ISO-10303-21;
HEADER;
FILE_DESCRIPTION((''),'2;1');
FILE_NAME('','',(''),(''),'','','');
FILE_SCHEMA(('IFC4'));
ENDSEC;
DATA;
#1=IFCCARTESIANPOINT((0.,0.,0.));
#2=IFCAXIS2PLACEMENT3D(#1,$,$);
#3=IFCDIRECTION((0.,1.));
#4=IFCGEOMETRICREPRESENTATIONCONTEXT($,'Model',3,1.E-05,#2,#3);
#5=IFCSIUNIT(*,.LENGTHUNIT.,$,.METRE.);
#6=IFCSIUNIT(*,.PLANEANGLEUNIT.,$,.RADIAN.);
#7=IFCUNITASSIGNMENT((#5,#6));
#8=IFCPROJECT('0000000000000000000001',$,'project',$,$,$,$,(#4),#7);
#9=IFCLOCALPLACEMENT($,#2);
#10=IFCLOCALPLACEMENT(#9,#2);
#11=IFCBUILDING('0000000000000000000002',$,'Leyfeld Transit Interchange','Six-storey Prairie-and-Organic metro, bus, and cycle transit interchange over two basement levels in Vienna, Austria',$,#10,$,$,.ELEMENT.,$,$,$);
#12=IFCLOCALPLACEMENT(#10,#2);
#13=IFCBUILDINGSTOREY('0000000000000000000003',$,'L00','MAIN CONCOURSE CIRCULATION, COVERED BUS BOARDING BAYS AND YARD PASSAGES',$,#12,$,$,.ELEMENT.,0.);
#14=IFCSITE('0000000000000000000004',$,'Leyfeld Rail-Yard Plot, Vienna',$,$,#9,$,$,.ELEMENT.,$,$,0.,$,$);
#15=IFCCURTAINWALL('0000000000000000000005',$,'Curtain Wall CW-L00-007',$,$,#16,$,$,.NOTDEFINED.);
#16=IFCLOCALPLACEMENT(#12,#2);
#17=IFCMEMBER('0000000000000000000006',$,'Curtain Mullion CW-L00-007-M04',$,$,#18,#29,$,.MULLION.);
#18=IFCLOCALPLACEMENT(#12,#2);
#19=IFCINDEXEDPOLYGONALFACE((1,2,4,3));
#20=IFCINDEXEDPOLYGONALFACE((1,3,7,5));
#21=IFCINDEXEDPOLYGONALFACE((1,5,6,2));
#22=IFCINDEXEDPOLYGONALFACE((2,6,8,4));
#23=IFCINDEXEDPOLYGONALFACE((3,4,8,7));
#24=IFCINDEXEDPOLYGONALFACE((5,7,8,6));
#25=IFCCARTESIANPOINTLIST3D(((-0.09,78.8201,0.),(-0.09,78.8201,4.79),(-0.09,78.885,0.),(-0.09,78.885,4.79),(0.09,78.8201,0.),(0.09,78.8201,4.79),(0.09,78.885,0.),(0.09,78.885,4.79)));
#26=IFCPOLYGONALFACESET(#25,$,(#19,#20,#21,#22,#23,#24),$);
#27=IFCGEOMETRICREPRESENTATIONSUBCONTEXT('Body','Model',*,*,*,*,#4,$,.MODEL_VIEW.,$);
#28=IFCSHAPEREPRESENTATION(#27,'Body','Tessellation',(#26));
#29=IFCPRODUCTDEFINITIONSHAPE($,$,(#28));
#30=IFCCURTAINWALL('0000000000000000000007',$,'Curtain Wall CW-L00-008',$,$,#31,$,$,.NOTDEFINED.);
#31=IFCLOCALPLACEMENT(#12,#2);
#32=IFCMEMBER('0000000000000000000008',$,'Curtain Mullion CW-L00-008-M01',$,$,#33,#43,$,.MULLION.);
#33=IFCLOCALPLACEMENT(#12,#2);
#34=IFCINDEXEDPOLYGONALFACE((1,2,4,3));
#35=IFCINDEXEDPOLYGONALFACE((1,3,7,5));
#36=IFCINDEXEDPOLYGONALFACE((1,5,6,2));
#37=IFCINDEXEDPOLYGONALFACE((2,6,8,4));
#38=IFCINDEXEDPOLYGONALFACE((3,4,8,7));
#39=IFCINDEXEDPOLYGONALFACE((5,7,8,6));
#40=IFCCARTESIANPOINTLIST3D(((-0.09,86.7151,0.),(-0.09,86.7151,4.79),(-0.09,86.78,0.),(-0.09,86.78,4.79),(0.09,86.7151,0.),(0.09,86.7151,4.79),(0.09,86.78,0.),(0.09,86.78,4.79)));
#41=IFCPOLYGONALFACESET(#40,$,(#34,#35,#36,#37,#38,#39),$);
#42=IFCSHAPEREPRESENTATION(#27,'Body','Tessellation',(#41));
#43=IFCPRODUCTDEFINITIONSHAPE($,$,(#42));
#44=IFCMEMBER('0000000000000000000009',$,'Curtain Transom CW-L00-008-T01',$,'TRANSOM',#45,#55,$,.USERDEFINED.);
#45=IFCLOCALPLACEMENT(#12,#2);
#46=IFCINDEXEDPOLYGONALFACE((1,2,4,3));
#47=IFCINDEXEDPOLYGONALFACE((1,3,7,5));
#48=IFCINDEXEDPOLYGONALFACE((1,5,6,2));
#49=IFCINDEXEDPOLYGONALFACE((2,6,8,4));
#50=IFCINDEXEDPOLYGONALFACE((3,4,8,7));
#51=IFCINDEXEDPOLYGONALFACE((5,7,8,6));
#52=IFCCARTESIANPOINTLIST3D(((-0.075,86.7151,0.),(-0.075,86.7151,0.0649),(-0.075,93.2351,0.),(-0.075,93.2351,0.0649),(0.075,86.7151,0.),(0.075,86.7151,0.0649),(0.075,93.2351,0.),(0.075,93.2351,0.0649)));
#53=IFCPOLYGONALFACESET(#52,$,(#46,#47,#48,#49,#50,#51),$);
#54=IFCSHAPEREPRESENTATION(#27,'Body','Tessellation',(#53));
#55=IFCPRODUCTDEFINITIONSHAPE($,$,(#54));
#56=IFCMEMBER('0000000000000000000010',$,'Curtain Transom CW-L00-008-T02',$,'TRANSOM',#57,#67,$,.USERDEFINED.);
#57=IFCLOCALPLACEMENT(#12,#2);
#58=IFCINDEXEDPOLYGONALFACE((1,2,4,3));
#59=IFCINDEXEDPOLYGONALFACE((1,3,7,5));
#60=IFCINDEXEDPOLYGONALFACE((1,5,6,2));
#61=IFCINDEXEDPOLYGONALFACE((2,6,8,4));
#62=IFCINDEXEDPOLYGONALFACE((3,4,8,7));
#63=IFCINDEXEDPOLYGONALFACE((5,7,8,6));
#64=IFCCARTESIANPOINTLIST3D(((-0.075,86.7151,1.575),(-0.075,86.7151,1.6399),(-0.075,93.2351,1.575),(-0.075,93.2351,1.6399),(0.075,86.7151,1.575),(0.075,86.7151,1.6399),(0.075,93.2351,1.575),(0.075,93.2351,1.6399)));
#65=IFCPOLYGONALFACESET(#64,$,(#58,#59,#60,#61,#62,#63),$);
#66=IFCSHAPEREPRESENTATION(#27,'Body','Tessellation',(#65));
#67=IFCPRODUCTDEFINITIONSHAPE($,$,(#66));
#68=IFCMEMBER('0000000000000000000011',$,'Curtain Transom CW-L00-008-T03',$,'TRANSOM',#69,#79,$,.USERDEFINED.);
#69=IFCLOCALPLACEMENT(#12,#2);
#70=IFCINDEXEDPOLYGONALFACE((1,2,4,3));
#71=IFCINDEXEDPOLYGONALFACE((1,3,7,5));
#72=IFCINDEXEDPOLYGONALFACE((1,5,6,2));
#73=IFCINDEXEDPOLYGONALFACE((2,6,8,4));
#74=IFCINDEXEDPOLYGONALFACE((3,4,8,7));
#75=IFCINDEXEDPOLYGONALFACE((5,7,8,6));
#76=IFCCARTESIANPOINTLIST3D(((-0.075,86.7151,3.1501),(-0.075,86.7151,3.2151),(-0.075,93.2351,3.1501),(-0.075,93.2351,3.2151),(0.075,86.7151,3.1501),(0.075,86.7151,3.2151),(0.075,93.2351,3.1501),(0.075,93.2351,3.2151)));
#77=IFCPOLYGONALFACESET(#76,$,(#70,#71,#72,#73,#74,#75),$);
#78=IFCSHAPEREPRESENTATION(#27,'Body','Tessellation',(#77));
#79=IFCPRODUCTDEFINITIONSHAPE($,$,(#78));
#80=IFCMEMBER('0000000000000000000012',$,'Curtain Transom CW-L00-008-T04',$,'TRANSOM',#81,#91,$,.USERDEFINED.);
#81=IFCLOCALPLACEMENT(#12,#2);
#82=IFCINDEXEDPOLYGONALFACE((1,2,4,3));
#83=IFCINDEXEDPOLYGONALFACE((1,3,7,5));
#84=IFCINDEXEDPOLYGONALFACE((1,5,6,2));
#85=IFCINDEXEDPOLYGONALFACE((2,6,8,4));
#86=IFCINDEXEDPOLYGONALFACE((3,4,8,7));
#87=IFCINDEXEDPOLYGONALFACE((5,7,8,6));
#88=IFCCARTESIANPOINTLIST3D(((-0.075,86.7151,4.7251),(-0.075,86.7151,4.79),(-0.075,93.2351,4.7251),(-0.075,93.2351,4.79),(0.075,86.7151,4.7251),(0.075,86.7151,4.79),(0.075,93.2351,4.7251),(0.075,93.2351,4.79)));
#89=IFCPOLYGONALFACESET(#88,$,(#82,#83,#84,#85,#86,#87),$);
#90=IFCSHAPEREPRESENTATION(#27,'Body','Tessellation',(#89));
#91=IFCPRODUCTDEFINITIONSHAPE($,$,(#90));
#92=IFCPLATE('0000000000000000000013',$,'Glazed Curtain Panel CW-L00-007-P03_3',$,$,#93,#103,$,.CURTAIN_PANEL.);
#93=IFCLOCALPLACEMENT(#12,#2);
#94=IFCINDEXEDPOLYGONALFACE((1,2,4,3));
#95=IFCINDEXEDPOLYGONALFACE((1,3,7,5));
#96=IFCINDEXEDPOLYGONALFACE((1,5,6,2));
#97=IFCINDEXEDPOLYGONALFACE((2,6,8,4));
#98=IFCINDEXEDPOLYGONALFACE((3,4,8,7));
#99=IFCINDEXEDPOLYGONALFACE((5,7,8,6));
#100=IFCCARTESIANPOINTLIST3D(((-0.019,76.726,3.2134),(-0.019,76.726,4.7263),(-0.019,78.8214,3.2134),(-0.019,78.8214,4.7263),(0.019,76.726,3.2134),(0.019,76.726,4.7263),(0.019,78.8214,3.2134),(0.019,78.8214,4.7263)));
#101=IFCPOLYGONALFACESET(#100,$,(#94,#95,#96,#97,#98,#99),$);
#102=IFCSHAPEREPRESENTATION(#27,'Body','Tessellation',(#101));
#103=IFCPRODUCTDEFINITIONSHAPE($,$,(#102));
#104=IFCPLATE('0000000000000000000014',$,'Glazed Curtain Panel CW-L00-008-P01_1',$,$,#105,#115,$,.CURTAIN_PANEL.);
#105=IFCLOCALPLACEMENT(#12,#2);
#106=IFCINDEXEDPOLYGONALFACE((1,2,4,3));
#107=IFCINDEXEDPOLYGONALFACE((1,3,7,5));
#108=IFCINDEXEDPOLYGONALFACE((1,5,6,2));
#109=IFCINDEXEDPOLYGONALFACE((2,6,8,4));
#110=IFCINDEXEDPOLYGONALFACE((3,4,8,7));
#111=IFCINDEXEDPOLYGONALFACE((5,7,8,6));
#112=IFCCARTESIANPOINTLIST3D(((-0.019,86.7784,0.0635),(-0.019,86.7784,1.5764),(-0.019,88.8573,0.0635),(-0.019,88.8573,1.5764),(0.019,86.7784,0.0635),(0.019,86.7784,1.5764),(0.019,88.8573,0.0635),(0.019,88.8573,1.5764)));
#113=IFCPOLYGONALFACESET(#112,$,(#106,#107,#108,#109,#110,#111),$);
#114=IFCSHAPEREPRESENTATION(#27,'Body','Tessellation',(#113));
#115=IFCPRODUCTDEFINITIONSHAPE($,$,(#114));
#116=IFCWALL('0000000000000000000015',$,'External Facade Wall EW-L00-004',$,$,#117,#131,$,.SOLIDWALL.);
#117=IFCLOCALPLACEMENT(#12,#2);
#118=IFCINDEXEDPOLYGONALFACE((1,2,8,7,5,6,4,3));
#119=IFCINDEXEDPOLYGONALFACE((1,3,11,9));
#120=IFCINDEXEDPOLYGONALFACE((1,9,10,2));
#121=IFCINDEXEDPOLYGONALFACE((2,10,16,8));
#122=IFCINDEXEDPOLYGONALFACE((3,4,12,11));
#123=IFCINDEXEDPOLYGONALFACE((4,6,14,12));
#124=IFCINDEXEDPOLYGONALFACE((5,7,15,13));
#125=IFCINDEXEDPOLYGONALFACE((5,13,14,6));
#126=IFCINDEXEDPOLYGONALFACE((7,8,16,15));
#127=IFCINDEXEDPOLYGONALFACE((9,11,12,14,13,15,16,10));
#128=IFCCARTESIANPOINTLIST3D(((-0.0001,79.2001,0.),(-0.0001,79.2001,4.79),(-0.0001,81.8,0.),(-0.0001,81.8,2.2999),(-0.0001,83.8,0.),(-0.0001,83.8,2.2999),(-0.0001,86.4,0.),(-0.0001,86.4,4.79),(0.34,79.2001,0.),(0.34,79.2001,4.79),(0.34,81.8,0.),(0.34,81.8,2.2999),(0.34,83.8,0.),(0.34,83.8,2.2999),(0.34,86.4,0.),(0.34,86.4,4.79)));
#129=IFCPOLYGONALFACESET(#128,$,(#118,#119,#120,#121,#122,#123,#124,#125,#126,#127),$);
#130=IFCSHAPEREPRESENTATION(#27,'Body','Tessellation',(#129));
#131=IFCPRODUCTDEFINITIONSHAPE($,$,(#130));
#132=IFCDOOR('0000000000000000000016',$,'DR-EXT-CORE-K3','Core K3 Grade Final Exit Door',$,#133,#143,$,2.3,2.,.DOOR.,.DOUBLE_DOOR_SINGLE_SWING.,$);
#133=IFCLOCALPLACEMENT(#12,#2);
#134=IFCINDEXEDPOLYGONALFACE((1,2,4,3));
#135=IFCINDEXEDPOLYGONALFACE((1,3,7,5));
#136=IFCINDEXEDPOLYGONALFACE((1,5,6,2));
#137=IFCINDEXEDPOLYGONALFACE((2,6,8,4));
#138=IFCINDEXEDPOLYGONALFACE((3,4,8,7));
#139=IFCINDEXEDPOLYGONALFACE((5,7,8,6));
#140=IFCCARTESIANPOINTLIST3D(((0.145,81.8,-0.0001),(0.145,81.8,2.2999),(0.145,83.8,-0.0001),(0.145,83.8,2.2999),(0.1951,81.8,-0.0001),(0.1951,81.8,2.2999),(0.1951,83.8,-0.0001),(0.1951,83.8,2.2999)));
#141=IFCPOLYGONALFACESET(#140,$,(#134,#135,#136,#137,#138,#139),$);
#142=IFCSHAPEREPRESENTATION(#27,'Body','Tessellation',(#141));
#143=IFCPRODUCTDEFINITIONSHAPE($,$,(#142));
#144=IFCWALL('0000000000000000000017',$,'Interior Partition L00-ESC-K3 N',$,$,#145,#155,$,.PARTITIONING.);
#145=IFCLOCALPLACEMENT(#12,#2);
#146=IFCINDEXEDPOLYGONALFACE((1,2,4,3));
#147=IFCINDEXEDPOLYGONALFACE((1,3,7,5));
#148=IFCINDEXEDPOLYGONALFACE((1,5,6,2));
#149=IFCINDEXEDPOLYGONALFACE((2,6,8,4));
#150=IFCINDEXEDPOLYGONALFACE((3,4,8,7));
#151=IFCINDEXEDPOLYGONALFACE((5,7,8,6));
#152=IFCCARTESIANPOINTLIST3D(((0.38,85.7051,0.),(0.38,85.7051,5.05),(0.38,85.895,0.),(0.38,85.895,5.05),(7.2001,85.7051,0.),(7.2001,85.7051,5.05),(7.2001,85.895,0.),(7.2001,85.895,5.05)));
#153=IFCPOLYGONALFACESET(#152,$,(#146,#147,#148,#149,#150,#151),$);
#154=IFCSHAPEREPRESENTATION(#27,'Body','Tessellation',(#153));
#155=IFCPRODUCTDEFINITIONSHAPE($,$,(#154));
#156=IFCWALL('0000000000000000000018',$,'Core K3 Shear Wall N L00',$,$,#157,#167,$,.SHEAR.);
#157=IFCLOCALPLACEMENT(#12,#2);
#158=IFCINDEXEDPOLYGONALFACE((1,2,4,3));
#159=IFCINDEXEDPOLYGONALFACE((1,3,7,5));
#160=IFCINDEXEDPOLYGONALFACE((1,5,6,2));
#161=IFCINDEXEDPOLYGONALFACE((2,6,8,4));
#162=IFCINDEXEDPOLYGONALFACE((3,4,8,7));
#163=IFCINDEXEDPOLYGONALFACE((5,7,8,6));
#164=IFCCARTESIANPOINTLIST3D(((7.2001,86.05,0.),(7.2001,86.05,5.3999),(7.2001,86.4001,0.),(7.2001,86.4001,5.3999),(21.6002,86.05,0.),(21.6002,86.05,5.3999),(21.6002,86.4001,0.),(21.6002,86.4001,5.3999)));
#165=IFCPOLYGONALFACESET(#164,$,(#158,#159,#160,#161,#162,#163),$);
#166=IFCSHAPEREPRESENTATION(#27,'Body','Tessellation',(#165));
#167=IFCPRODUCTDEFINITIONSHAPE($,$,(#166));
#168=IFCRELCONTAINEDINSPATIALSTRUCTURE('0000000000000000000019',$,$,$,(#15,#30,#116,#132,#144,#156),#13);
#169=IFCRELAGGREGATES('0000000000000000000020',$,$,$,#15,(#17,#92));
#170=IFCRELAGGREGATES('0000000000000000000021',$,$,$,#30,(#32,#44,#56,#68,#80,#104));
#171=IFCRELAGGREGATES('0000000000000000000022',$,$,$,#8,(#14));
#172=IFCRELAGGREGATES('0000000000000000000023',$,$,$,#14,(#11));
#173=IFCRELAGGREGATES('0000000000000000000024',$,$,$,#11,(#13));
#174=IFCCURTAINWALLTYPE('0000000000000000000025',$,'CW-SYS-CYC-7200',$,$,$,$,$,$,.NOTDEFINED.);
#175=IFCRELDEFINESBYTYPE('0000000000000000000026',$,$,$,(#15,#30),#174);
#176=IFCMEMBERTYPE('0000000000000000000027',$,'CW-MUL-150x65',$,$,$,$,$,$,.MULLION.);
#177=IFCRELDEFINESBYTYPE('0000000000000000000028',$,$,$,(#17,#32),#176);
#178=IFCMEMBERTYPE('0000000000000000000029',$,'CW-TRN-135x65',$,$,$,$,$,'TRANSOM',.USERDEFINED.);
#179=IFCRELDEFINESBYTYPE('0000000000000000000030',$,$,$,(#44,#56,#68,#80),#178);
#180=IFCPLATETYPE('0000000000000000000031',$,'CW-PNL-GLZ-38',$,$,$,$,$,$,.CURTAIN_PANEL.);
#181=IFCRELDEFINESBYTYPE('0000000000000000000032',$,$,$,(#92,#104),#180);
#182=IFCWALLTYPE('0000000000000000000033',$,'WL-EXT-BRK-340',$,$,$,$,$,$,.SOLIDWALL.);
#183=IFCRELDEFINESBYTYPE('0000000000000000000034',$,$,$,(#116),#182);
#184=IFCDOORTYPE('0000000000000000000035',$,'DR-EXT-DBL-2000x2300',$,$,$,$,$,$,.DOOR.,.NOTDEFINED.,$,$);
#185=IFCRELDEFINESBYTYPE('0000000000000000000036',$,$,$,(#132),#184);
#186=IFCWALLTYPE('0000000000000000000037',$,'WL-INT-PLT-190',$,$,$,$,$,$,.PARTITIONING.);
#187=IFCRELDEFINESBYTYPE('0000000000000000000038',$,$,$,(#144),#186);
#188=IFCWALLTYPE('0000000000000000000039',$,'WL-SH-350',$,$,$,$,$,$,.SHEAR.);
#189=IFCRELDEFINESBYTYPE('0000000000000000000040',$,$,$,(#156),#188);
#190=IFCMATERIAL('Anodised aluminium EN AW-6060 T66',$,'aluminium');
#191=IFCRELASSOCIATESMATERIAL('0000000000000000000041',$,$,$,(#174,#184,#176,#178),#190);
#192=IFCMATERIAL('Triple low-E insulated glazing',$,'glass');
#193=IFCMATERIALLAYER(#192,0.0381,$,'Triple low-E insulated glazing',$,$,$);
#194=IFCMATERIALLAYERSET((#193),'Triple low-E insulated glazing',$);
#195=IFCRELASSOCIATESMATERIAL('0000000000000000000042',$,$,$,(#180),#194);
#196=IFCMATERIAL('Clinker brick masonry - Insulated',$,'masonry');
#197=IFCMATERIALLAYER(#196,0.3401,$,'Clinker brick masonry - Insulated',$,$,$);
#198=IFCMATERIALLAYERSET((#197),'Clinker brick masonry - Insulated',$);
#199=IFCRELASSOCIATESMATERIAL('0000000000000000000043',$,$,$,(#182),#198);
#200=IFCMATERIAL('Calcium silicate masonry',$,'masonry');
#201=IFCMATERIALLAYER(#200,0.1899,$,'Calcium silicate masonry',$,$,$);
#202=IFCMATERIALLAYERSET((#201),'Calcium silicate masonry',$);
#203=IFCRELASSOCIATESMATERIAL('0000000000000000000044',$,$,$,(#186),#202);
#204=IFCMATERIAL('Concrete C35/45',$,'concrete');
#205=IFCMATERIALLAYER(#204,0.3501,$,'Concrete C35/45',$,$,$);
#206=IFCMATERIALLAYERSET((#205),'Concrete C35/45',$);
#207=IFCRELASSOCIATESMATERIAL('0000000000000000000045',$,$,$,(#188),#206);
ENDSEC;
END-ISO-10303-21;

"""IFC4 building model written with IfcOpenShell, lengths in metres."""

from ifc_helpers import new_model, si_unit, direction, frame, frame_2d, origin, origin_2d, place, context, subcontext, project, spatial, rectangle, extrude, material, layer, layer_set, material_profile, profile_set, type_object, element, fill, aggregate, save


model = new_model("IFC4")

# Units and contexts
model_context = context("Model", 3, precision=1e-05, world=origin(), true_north=direction((0.0, 1.0)))
body_context = subcontext(model_context, "Body", "Model", "MODEL_VIEW")
ifc_project = project(units=[si_unit("LENGTHUNIT", "METRE"), si_unit("PLANEANGLEUNIT", "RADIAN")], contexts=[model_context])

# Site, building, storey
site_placement = place(None, origin())
site = spatial("IfcSite", under=ifc_project, at=site_placement, Name="Leyfeld Rail-Yard Plot, Vienna", CompositionType="ELEMENT", RefElevation=0.0)
building_placement = place(site_placement, origin())
building = spatial("IfcBuilding", under=site, at=building_placement, Name="Leyfeld Transit Interchange", Description="Six-storey Prairie-and-Organic metro, bus, and cycle transit interchange over two basement levels in Vienna, Austria", CompositionType="ELEMENT")
storey_placement = place(building_placement, origin())
storey = spatial("IfcBuildingStorey", under=building, at=storey_placement, Name="L00", Description="MAIN CONCOURSE CIRCULATION, COVERED BUS BOARDING BAYS AND YARD PASSAGES", CompositionType="ELEMENT", Elevation=0.0)

# Shared definitions
ifc_material_1 = material(Name="Concrete C35/45", Category="concrete")

# Curtain wall, member
ifc_material_2 = material(Name="Anodised aluminium EN AW-6060 T66", Category="aluminium")
curtain_wall_type = type_object("IfcCurtainWallType", Name="CW-SYS-CYC-7200", PredefinedType="NOTDEFINED", material=ifc_material_2)
curtain_wall_1_placement = place(storey_placement, origin())
curtain_wall_1 = element("IfcCurtainWall", 1, at=curtain_wall_1_placement, inside=storey, type_object=curtain_wall_type, Name="Curtain Wall CW-L00-007", PredefinedType="NOTDEFINED")
ifc_material_profile_1 = material_profile(ifc_material_2, rectangle(XDim=0.0649, YDim=0.1799, at=origin_2d()), Name="CW-M 65x180")
ifc_profile_set_1 = profile_set([ifc_material_profile_1], Name="Anodised aluminium EN AW-6060 T66")
member_type_1 = type_object("IfcMemberType", Name="CW-MUL-150x65", PredefinedType="MULLION", material=ifc_profile_set_1)
member_1_placement = place(storey_placement, frame((0.0, 78.8525, 0.0), z_axis=(0.0, 0.0, 1.0), x_axis=(0.0, 1.0, 0.0)))
member_1 = element("IfcMember", 2, at=member_1_placement, type_object=member_type_1, Name="Curtain Mullion CW-L00-007-M04", PredefinedType="MULLION", context=body_context, shape_type="SweptSolid", body=[
    extrude(rectangle(XDim=0.0649, YDim=0.1799, at=origin_2d()), origin(), (0.0, 0.0, 1.0), 4.79),
])

# Curtain wall, members
curtain_wall_2_placement = place(storey_placement, origin())
curtain_wall_2 = element("IfcCurtainWall", 3, at=curtain_wall_2_placement, inside=storey, type_object=curtain_wall_type, Name="Curtain Wall CW-L00-008", PredefinedType="NOTDEFINED")
member_2_placement = place(storey_placement, frame((0.0, 86.7476, 0.0), z_axis=(0.0, 0.0, 1.0), x_axis=(0.0, 1.0, 0.0)))
member_2 = element("IfcMember", 4, at=member_2_placement, type_object=member_type_1, Name="Curtain Mullion CW-L00-008-M01", PredefinedType="MULLION", context=body_context, shape_type="SweptSolid", body=[
    extrude(rectangle(XDim=0.0649, YDim=0.1799, at=origin_2d()), origin(), (0.0, 0.0, 1.0), 4.79),
])
ifc_material_profile_2 = material_profile(ifc_material_2, rectangle(XDim=0.1499, YDim=0.0649, at=origin_2d()), Name="CW-TRN-135x65")
ifc_profile_set_2 = profile_set([ifc_material_profile_2], Name="Anodised aluminium EN AW-6060 T66")
member_type_2 = type_object("IfcMemberType", Name="CW-TRN-135x65", ElementType="TRANSOM", PredefinedType="USERDEFINED", material=ifc_profile_set_2)
member_3_placement = place(storey_placement, frame((0.0, 86.7151, 0.0325), z_axis=(0.0, 1.0, 0.0), x_axis=(-1.0, 0.0, 0.0)))
member_3 = element("IfcMember", 5, at=member_3_placement, type_object=member_type_2, Name="Curtain Transom CW-L00-008-T01", ObjectType="TRANSOM", PredefinedType="USERDEFINED", context=body_context, shape_type="SweptSolid", body=[
    extrude(rectangle(XDim=0.1499, YDim=0.0649, at=origin_2d()), origin(), (0.0, 0.0, 1.0), 6.52),
])
member_4_placement = place(storey_placement, frame((0.0, 86.7151, 1.6074), z_axis=(0.0, 1.0, 0.0), x_axis=(-1.0, 0.0, 0.0)))
member_4 = element("IfcMember", 6, at=member_4_placement, type_object=member_type_2, Name="Curtain Transom CW-L00-008-T02", ObjectType="TRANSOM", PredefinedType="USERDEFINED", context=body_context, shape_type="SweptSolid", body=[
    extrude(rectangle(XDim=0.1499, YDim=0.0649, at=origin_2d()), origin(), (0.0, 0.0, 1.0), 6.52),
])
member_5_placement = place(storey_placement, frame((0.0, 86.7151, 3.1826), z_axis=(0.0, 1.0, 0.0), x_axis=(-1.0, 0.0, 0.0)))
member_5 = element("IfcMember", 7, at=member_5_placement, type_object=member_type_2, Name="Curtain Transom CW-L00-008-T03", ObjectType="TRANSOM", PredefinedType="USERDEFINED", context=body_context, shape_type="SweptSolid", body=[
    extrude(rectangle(XDim=0.1499, YDim=0.0649, at=origin_2d()), origin(), (0.0, 0.0, 1.0), 6.52),
])
member_6_placement = place(storey_placement, frame((0.0, 86.7151, 4.7576), z_axis=(0.0, 1.0, 0.0), x_axis=(-1.0, 0.0, 0.0)))
member_6 = element("IfcMember", 8, at=member_6_placement, type_object=member_type_2, Name="Curtain Transom CW-L00-008-T04", ObjectType="TRANSOM", PredefinedType="USERDEFINED", context=body_context, shape_type="SweptSolid", body=[
    extrude(rectangle(XDim=0.1499, YDim=0.0649, at=origin_2d()), origin(), (0.0, 0.0, 1.0), 6.52),
])

# Plates
ifc_material_3 = material(Name="Triple low-E insulated glazing", Category="glass")
ifc_layer_1 = layer(ifc_material_3, 0.0381, Name="Triple low-E insulated glazing")
ifc_layer_set_1 = layer_set([ifc_layer_1], Name="Triple low-E insulated glazing")
plate_type = type_object("IfcPlateType", Name="CW-PNL-GLZ-38", PredefinedType="CURTAIN_PANEL", material=ifc_layer_set_1)
plate_1_placement = place(storey_placement, frame((0.0, 77.7737, 3.2134), z_axis=(0.0, 0.0, 1.0), x_axis=(0.0, 1.0, 0.0)))
plate_1 = element("IfcPlate", 9, at=plate_1_placement, type_object=plate_type, Name="Glazed Curtain Panel CW-L00-007-P03_3", PredefinedType="CURTAIN_PANEL", context=body_context, shape_type="SweptSolid", body=[
    extrude(rectangle(XDim=2.0955, YDim=0.0381, at=origin_2d()), origin(), (0.0, 0.0, 1.0), 1.5129),
])
aggregate(curtain_wall_1, [member_1, plate_1])
plate_2_placement = place(storey_placement, frame((0.0, 87.8179, 0.0635), z_axis=(0.0, 0.0, 1.0), x_axis=(0.0, 1.0, 0.0)))
plate_2 = element("IfcPlate", 10, at=plate_2_placement, type_object=plate_type, Name="Glazed Curtain Panel CW-L00-008-P01_1", PredefinedType="CURTAIN_PANEL", context=body_context, shape_type="SweptSolid", body=[
    extrude(rectangle(XDim=2.0789, YDim=0.0381, at=origin_2d()), origin(), (0.0, 0.0, 1.0), 1.5129),
])
aggregate(curtain_wall_2, [member_2, member_3, member_4, member_5, member_6, plate_2])

# Wall, opening, door
ifc_material_4 = material(Name="Clinker brick masonry - Insulated", Category="masonry")
ifc_layer_2 = layer(ifc_material_4, 0.3401, Name="Clinker brick masonry - Insulated")
ifc_layer_set_2 = layer_set([ifc_layer_2], Name="Clinker brick masonry - Insulated")
wall_type_1 = type_object("IfcWallType", Name="WL-EXT-BRK-340", PredefinedType="SOLIDWALL", material=ifc_layer_set_2)
wall_1_placement = place(storey_placement, frame((0.1699, 79.2, 0.0), z_axis=(0.0, 0.0, 1.0), x_axis=(0.0, 1.0, 0.0)))
wall_1 = element("IfcWall", 11, at=wall_1_placement, inside=storey, type_object=wall_type_1, Name="External Facade Wall EW-L00-004", PredefinedType="SOLIDWALL", context=body_context, shape_type="SweptSolid", body=[
    extrude(rectangle(XDim=7.2, YDim=0.3401, at=frame_2d((3.6001, 0.0))), origin(), (0.0, 0.0, 1.0), 4.79),
])
opening_placement = place(wall_1_placement, frame((2.6001, 0.0, 0.0)))
opening = element("IfcOpeningElement", 12, at=opening_placement, cuts=wall_1, PredefinedType="OPENING", context=body_context, shape_type="SweptSolid", body=[
    extrude(rectangle(XDim=2.0, YDim=2.3, at=frame_2d((1.0, 1.1499))), frame((0.0, 0.1799, 0.0), z_axis=(0.0, -1.0, 0.0), x_axis=(1.0, 0.0, 0.0)), (0.0, 0.0, 1.0), 0.3601),
])
door_type = type_object("IfcDoorType", Name="DR-EXT-DBL-2000x2300", OperationType="NOTDEFINED", PredefinedType="DOOR", material=ifc_material_2)
door_placement = place(opening_placement, origin())
door = element("IfcDoor", 13, at=door_placement, inside=storey, type_object=door_type, Name="DR-EXT-CORE-K3", Description="Core K3 Grade Final Exit Door", OperationType="DOUBLE_DOOR_SINGLE_SWING", OverallHeight=2.3, OverallWidth=2.0, PredefinedType="DOOR", context=body_context, shape_type="SweptSolid", body=[
    extrude(rectangle(XDim=2.0, YDim=2.3, at=frame_2d((1.0, 1.1499))), frame((0.0, 0.0249, 0.0), z_axis=(0.0, -1.0, 0.0), x_axis=(1.0, 0.0, 0.0)), (0.0, 0.0, 1.0), 0.05),
])
fill(opening, door)

# Walls
ifc_material_5 = material(Name="Calcium silicate masonry", Category="masonry")
ifc_layer_3 = layer(ifc_material_5, 0.1899, Name="Calcium silicate masonry")
ifc_layer_set_3 = layer_set([ifc_layer_3], Name="Calcium silicate masonry")
wall_type_2 = type_object("IfcWallType", Name="WL-INT-PLT-190", PredefinedType="PARTITIONING", material=ifc_layer_set_3)
for number, where, z_axis, x_axis, name in (
    (14, (0.3799, 85.8, 0.0), (0.0, 0.0, 1.0), (1.0, 0.0, 0.0), "Interior Partition L00-ESC-K3 N"),
):
    element("IfcWall", number, at=place(storey_placement, frame(where, z_axis=z_axis, x_axis=x_axis)), inside=storey, type_object=wall_type_2, Name=name, PredefinedType="PARTITIONING", context=body_context, shape_type="SweptSolid", body=[
        extrude(rectangle(XDim=6.8201, YDim=0.1899, at=frame_2d((3.4102, 0.0))), origin(), (0.0, 0.0, 1.0), 5.05),
    ])
ifc_layer_4 = layer(ifc_material_1, 0.3501, Name="Concrete C35/45")
ifc_layer_set_4 = layer_set([ifc_layer_4], Name="Concrete C35/45")
wall_type_3 = type_object("IfcWallType", Name="WL-SH-350", PredefinedType="SHEAR", material=ifc_layer_set_4)
wall_2_placement = place(storey_placement, frame((7.2, 86.2251, 0.0), z_axis=(0.0, 0.0, 1.0), x_axis=(1.0, 0.0, 0.0)))
element("IfcWall", 15, at=wall_2_placement, inside=storey, type_object=wall_type_3, Name="Core K3 Shear Wall N L00", PredefinedType="SHEAR", context=body_context, shape_type="SweptSolid", body=[
    extrude(rectangle(XDim=14.4001, YDim=0.3501, at=frame_2d((7.2002, 0.0))), origin(), (0.0, 0.0, 1.0), 5.3999),
])

save(model, "model.ifc")
